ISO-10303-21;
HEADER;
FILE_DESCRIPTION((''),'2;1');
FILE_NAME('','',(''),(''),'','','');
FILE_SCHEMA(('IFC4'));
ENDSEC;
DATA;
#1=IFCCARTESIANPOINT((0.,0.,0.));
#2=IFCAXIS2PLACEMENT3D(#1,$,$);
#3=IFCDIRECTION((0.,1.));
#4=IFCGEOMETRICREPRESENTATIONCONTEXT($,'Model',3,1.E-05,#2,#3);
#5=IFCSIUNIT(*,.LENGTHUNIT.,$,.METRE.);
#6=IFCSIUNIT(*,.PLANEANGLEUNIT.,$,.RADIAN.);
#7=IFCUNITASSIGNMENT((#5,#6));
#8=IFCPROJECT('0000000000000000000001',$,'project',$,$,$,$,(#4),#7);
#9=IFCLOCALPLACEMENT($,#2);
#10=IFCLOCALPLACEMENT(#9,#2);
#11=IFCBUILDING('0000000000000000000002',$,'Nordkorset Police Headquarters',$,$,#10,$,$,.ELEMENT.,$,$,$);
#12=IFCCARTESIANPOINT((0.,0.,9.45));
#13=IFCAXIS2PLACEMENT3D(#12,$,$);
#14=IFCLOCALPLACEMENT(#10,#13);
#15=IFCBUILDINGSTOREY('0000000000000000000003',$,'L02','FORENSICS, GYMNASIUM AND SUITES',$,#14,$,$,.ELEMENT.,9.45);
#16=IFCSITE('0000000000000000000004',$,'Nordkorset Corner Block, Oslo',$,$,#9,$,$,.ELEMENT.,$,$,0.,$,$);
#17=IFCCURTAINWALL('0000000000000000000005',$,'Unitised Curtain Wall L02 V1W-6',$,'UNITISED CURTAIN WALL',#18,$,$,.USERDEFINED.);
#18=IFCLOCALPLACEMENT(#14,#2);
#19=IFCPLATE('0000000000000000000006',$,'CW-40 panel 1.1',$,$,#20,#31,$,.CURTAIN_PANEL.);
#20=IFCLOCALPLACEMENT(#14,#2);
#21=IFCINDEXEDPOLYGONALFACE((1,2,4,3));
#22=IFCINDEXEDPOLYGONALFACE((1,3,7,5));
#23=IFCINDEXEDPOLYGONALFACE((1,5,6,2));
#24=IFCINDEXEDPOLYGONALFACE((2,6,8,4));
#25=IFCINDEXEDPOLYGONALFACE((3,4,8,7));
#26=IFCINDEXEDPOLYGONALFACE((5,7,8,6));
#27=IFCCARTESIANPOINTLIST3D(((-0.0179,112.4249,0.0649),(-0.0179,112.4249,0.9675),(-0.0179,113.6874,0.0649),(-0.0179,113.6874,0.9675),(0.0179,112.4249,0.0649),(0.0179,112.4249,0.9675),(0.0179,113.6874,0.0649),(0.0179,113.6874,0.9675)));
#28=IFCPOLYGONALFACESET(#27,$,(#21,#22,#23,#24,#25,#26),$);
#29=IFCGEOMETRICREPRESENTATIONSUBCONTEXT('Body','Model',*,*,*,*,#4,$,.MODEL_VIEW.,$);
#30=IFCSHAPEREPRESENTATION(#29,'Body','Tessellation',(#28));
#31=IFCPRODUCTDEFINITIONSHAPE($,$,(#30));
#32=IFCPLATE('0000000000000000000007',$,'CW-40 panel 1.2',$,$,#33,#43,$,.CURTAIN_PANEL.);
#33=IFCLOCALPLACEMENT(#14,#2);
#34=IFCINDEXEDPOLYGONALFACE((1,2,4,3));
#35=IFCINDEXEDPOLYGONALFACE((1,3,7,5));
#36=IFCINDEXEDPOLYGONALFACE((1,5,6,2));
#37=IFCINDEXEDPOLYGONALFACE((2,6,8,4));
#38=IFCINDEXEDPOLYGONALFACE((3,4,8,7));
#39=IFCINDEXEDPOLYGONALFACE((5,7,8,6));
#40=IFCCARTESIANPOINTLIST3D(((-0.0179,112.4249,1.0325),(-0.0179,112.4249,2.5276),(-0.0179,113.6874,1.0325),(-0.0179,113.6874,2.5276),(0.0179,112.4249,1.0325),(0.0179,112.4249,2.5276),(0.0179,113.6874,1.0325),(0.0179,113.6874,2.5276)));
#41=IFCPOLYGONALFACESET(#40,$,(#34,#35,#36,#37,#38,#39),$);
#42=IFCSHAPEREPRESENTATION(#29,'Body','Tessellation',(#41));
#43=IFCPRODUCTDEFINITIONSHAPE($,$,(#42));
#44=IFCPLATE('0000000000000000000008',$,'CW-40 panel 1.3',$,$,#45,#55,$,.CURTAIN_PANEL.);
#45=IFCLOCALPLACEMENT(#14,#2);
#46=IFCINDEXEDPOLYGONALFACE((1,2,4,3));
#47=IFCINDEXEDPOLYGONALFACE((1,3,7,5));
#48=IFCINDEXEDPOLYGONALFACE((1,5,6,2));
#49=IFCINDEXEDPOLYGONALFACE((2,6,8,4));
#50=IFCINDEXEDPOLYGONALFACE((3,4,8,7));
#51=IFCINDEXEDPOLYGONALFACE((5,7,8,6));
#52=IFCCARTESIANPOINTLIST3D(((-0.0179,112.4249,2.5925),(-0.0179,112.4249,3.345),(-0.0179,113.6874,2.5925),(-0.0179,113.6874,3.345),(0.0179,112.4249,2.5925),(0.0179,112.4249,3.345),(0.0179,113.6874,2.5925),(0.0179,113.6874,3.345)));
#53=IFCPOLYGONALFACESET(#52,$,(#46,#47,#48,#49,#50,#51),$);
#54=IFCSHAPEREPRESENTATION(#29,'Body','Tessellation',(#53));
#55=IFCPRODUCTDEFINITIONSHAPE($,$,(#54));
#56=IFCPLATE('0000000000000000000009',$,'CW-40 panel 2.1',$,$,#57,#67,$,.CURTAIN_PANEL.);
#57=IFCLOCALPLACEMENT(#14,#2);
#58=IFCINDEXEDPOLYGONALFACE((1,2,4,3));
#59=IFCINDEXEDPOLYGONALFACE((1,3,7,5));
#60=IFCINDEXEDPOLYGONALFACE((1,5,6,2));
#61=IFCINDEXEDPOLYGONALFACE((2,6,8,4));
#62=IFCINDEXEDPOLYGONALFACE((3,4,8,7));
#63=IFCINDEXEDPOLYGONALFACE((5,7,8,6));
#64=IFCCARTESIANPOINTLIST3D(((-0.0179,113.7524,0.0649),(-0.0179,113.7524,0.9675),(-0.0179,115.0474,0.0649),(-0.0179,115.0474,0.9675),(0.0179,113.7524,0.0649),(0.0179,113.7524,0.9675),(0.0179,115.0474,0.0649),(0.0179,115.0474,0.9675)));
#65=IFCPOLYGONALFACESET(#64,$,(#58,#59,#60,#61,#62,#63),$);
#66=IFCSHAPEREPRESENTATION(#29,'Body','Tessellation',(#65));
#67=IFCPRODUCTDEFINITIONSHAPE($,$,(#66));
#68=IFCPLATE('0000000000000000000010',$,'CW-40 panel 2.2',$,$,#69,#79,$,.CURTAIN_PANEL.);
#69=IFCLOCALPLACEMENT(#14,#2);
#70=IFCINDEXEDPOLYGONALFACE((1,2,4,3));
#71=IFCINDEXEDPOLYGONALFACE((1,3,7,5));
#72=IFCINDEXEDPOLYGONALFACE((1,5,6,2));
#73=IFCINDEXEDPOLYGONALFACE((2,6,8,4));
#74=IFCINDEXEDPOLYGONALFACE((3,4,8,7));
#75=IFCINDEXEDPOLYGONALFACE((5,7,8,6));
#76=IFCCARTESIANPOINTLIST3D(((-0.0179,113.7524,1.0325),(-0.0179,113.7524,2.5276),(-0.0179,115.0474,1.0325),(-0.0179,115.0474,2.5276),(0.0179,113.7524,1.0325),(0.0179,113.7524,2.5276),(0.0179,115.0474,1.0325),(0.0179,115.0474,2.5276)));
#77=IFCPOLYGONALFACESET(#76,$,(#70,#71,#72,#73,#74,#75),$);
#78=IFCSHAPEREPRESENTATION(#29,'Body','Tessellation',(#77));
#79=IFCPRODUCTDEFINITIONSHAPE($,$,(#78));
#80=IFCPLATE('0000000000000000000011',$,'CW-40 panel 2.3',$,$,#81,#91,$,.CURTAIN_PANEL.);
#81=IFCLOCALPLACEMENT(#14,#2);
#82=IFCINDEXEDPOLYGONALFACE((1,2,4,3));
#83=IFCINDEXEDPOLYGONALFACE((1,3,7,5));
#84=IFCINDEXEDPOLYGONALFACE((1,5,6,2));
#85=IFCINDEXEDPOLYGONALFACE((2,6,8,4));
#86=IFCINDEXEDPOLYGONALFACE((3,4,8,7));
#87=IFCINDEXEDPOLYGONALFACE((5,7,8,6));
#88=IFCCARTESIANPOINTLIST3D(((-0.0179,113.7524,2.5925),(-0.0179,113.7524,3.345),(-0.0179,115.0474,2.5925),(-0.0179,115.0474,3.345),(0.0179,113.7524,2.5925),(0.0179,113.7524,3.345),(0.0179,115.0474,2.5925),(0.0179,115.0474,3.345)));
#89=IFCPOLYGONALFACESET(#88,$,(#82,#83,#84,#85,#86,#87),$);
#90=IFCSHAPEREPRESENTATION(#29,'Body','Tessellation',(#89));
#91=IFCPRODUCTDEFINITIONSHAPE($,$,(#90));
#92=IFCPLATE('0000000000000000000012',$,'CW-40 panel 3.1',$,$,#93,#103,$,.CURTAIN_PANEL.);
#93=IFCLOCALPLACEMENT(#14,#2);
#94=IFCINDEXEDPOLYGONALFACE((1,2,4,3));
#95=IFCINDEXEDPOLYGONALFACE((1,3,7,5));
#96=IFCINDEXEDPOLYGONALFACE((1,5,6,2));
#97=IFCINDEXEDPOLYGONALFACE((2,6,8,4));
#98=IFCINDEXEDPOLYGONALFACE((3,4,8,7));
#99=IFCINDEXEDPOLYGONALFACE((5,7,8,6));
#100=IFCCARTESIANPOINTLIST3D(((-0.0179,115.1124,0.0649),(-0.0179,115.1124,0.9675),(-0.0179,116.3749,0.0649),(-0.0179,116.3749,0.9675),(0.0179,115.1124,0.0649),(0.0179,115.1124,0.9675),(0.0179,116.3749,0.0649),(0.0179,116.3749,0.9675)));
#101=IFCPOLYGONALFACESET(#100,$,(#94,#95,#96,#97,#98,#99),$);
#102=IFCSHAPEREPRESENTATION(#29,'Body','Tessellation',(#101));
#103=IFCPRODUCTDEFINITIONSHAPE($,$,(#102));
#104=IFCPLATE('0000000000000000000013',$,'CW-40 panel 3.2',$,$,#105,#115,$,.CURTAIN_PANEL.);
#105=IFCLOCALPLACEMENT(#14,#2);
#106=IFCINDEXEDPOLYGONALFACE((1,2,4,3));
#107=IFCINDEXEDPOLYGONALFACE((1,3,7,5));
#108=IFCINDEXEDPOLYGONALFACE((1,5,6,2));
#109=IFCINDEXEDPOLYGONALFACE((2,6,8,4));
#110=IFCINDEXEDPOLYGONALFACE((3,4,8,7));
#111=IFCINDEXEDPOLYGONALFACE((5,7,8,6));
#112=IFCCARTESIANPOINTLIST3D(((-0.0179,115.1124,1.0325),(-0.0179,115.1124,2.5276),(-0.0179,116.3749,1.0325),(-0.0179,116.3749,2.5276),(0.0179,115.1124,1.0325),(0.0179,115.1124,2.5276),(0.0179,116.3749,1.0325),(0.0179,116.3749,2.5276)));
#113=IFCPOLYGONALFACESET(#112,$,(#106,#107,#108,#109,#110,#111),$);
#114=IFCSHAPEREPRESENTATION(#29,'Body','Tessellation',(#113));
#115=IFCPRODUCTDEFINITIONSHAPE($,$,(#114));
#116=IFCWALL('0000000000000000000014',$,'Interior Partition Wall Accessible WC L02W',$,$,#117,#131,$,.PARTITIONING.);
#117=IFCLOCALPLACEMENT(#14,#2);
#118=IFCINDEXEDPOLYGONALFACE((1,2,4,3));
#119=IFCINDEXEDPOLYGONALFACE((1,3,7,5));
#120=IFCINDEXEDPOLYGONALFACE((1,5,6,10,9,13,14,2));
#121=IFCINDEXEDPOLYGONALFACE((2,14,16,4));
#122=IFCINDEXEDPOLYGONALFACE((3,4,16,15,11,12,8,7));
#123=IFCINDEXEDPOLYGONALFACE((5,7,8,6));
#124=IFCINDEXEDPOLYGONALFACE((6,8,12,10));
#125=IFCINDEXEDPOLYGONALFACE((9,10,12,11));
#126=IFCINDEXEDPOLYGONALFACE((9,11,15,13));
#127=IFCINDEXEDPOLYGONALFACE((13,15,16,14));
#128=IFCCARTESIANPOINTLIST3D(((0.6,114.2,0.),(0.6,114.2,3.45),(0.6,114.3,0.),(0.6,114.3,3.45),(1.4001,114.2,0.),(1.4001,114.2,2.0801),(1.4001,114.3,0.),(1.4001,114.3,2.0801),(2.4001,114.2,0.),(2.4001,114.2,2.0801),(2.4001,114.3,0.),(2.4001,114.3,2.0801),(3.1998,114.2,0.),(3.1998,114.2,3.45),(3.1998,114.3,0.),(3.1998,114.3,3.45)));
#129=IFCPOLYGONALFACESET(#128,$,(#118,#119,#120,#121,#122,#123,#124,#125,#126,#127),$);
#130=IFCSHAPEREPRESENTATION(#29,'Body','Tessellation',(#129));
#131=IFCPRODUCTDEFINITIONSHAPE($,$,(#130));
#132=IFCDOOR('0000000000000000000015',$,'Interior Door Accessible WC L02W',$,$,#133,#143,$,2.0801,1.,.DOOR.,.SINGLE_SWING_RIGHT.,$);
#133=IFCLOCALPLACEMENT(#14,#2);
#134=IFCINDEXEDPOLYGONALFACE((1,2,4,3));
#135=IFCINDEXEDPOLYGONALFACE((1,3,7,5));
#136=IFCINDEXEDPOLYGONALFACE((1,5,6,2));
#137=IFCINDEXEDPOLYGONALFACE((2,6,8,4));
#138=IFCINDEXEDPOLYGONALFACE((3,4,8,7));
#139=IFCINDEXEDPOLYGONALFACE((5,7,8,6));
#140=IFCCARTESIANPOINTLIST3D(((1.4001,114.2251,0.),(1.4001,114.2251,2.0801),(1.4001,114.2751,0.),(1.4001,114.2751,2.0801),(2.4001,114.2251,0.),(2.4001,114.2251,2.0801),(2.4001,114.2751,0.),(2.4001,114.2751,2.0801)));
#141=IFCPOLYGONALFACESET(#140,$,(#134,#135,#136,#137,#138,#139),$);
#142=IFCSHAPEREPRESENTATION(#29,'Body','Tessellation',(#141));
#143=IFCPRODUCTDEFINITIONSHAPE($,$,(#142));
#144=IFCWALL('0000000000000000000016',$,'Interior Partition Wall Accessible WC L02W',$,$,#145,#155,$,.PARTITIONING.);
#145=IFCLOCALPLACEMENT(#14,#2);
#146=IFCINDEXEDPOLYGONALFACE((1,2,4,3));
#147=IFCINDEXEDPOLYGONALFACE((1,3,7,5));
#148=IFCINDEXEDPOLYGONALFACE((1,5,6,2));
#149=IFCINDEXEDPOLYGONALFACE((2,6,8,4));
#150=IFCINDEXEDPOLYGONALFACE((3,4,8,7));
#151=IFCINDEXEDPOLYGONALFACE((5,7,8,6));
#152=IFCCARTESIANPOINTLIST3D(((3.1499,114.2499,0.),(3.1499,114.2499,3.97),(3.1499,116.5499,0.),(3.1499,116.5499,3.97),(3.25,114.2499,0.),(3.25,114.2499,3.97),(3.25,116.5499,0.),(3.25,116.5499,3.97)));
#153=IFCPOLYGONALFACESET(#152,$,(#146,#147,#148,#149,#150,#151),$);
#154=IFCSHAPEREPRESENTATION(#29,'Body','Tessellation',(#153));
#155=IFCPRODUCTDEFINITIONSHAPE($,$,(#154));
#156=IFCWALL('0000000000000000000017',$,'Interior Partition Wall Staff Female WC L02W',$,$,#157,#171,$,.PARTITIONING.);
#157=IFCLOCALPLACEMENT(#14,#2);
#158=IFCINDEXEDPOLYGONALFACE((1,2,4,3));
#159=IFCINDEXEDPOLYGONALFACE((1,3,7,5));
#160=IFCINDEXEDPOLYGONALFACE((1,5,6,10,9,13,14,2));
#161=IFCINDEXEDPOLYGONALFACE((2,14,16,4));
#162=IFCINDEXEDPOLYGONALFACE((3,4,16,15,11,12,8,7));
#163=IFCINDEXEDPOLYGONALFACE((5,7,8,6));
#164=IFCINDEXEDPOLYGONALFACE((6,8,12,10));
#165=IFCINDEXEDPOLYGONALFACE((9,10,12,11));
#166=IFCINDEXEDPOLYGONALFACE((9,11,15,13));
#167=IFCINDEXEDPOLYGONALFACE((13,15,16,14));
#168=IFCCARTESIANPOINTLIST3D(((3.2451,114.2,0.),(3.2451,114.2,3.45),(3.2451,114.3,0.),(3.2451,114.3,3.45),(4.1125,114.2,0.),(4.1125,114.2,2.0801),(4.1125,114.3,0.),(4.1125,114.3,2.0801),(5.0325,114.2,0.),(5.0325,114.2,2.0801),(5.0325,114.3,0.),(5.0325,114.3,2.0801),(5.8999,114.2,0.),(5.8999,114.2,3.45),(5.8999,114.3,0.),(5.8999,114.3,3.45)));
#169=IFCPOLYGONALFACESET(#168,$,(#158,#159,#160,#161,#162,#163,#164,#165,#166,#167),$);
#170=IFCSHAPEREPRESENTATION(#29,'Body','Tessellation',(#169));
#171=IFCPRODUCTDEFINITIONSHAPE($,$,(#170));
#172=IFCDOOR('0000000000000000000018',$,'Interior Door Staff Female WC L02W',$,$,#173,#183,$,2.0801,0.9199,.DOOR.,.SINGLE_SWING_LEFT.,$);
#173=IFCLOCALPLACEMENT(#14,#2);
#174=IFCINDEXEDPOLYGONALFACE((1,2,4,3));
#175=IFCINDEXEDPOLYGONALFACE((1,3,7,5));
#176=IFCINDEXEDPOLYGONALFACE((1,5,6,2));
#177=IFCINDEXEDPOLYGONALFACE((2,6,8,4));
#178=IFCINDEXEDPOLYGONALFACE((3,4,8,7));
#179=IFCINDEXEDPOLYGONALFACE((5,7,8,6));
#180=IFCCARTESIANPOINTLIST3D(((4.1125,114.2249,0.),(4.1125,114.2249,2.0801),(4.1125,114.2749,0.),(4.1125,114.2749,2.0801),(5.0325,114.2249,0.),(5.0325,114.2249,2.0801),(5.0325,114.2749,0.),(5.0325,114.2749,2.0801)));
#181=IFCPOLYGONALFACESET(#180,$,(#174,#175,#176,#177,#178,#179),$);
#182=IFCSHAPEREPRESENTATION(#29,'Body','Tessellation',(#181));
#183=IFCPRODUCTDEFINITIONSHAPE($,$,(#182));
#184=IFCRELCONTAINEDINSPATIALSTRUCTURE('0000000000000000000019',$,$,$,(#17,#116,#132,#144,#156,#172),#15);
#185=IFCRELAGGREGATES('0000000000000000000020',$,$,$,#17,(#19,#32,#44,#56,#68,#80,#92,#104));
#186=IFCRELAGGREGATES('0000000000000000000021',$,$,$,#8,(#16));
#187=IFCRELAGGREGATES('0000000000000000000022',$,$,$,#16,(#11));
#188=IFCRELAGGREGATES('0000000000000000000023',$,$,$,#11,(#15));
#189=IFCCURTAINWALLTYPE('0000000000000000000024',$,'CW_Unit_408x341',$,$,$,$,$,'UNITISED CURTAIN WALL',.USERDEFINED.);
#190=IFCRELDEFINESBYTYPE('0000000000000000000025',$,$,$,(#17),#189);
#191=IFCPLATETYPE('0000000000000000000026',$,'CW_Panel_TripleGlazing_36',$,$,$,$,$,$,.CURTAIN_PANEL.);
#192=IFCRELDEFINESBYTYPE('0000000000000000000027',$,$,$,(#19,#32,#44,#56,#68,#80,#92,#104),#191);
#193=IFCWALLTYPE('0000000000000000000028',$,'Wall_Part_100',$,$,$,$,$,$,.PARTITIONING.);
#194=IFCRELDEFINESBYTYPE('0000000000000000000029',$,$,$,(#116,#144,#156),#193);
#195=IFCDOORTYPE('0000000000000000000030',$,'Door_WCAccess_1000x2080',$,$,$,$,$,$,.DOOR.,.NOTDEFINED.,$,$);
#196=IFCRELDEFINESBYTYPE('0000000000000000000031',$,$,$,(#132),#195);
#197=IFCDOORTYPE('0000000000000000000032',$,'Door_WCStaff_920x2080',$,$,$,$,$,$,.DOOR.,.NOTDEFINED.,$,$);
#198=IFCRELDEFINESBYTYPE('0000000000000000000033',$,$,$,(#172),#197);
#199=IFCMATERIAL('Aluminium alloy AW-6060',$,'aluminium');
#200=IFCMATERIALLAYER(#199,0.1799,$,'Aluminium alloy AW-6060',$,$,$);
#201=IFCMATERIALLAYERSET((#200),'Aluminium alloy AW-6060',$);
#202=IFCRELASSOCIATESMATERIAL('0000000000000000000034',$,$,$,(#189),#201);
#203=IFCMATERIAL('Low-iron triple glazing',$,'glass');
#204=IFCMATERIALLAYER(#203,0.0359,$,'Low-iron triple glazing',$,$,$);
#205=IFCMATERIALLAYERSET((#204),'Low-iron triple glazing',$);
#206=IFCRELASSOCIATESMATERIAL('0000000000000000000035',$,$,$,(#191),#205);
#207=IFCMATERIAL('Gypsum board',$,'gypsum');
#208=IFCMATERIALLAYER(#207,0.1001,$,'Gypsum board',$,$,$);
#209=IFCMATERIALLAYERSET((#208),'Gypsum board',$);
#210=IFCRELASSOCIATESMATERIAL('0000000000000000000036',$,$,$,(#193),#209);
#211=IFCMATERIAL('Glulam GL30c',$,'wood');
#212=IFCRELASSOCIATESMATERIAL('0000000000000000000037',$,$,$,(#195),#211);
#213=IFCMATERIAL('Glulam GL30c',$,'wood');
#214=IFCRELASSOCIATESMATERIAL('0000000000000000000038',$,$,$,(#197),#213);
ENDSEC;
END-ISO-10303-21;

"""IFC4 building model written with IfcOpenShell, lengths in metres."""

from ifc_helpers import new_model, si_unit, direction, frame, frame_2d, origin, origin_2d, place, context, subcontext, project, spatial, rectangle, extrude, material, layer, layer_set, type_object, element, fill, aggregate, save


model = new_model("IFC4")

# Units and contexts
model_context = context("Model", 3, precision=1e-05, world=origin(), true_north=direction((0.0, 1.0)))
body_context = subcontext(model_context, "Body", "Model", "MODEL_VIEW")
ifc_project = project(units=[si_unit("LENGTHUNIT", "METRE"), si_unit("PLANEANGLEUNIT", "RADIAN")], contexts=[model_context])

# Site, building, storey
site_placement = place(None, origin())
site = spatial("IfcSite", under=ifc_project, at=site_placement, Name="Nordkorset Corner Block, Oslo", CompositionType="ELEMENT", RefElevation=0.0)
building_placement = place(site_placement, origin())
building = spatial("IfcBuilding", under=site, at=building_placement, Name="Nordkorset Police Headquarters", CompositionType="ELEMENT")
storey_placement = place(building_placement, frame((0.0, 0.0, 9.45)))
storey = spatial("IfcBuildingStorey", under=building, at=storey_placement, Name="L02", Description="FORENSICS, GYMNASIUM AND SUITES", CompositionType="ELEMENT", Elevation=9.45)

# Curtain wall, plates
ifc_material_1 = material(Name="Aluminium alloy AW-6060", Category="aluminium")
ifc_layer_1 = layer(ifc_material_1, 0.1799, Name="Aluminium alloy AW-6060")
ifc_layer_set_1 = layer_set([ifc_layer_1], Name="Aluminium alloy AW-6060")
curtain_wall_type = type_object("IfcCurtainWallType", Name="CW_Unit_408x341", ElementType="UNITISED CURTAIN WALL", PredefinedType="USERDEFINED", material=ifc_layer_set_1)
curtain_wall_placement = place(storey_placement, origin())
curtain_wall = element("IfcCurtainWall", 1, at=curtain_wall_placement, inside=storey, type_object=curtain_wall_type, Name="Unitised Curtain Wall L02 V1W-6", ObjectType="UNITISED CURTAIN WALL", PredefinedType="USERDEFINED")
ifc_material_2 = material(Name="Low-iron triple glazing", Category="glass")
ifc_layer_2 = layer(ifc_material_2, 0.0359, Name="Low-iron triple glazing")
ifc_layer_set_2 = layer_set([ifc_layer_2], Name="Low-iron triple glazing")
plate_type = type_object("IfcPlateType", Name="CW_Panel_TripleGlazing_36", PredefinedType="CURTAIN_PANEL", material=ifc_layer_set_2)
plate_1_placement = place(storey_placement, frame((0.0, 113.0562, 0.0649), z_axis=(0.0, 0.0, 1.0), x_axis=(0.0, 1.0, 0.0)))
plate_1 = element("IfcPlate", 2, at=plate_1_placement, type_object=plate_type, Name="CW-40 panel 1.1", PredefinedType="CURTAIN_PANEL", context=body_context, shape_type="SweptSolid", body=[
    extrude(rectangle(XDim=1.2625, YDim=0.0359, at=origin_2d()), origin(), (0.0, 0.0, 1.0), 0.9026),
])
plate_2_placement = place(storey_placement, frame((0.0, 113.0562, 1.0325), z_axis=(0.0, 0.0, 1.0), x_axis=(0.0, 1.0, 0.0)))
plate_2 = element("IfcPlate", 3, at=plate_2_placement, type_object=plate_type, Name="CW-40 panel 1.2", PredefinedType="CURTAIN_PANEL", context=body_context, shape_type="SweptSolid", body=[
    extrude(rectangle(XDim=1.2625, YDim=0.0359, at=origin_2d()), origin(), (0.0, 0.0, 1.0), 1.4951),
])
plate_3_placement = place(storey_placement, frame((0.0, 113.0562, 2.5925), z_axis=(0.0, 0.0, 1.0), x_axis=(0.0, 1.0, 0.0)))
plate_3 = element("IfcPlate", 4, at=plate_3_placement, type_object=plate_type, Name="CW-40 panel 1.3", PredefinedType="CURTAIN_PANEL", context=body_context, shape_type="SweptSolid", body=[
    extrude(rectangle(XDim=1.2625, YDim=0.0359, at=origin_2d()), origin(), (0.0, 0.0, 1.0), 0.7524),
])
plate_4_placement = place(storey_placement, frame((0.0, 114.3999, 0.0649), z_axis=(0.0, 0.0, 1.0), x_axis=(0.0, 1.0, 0.0)))
plate_4 = element("IfcPlate", 5, at=plate_4_placement, type_object=plate_type, Name="CW-40 panel 2.1", PredefinedType="CURTAIN_PANEL", context=body_context, shape_type="SweptSolid", body=[
    extrude(rectangle(XDim=1.2949, YDim=0.0359, at=origin_2d()), origin(), (0.0, 0.0, 1.0), 0.9026),
])
plate_5_placement = place(storey_placement, frame((0.0, 114.3999, 1.0325), z_axis=(0.0, 0.0, 1.0), x_axis=(0.0, 1.0, 0.0)))
plate_5 = element("IfcPlate", 6, at=plate_5_placement, type_object=plate_type, Name="CW-40 panel 2.2", PredefinedType="CURTAIN_PANEL", context=body_context, shape_type="SweptSolid", body=[
    extrude(rectangle(XDim=1.2949, YDim=0.0359, at=origin_2d()), origin(), (0.0, 0.0, 1.0), 1.4951),
])
plate_6_placement = place(storey_placement, frame((0.0, 114.3999, 2.5925), z_axis=(0.0, 0.0, 1.0), x_axis=(0.0, 1.0, 0.0)))
plate_6 = element("IfcPlate", 7, at=plate_6_placement, type_object=plate_type, Name="CW-40 panel 2.3", PredefinedType="CURTAIN_PANEL", context=body_context, shape_type="SweptSolid", body=[
    extrude(rectangle(XDim=1.2949, YDim=0.0359, at=origin_2d()), origin(), (0.0, 0.0, 1.0), 0.7524),
])
plate_7_placement = place(storey_placement, frame((0.0, 115.7437, 0.0649), z_axis=(0.0, 0.0, 1.0), x_axis=(0.0, 1.0, 0.0)))
plate_7 = element("IfcPlate", 8, at=plate_7_placement, type_object=plate_type, Name="CW-40 panel 3.1", PredefinedType="CURTAIN_PANEL", context=body_context, shape_type="SweptSolid", body=[
    extrude(rectangle(XDim=1.2625, YDim=0.0359, at=origin_2d()), origin(), (0.0, 0.0, 1.0), 0.9026),
])
plate_8_placement = place(storey_placement, frame((0.0, 115.7437, 1.0325), z_axis=(0.0, 0.0, 1.0), x_axis=(0.0, 1.0, 0.0)))
plate_8 = element("IfcPlate", 9, at=plate_8_placement, type_object=plate_type, Name="CW-40 panel 3.2", PredefinedType="CURTAIN_PANEL", context=body_context, shape_type="SweptSolid", body=[
    extrude(rectangle(XDim=1.2625, YDim=0.0359, at=origin_2d()), origin(), (0.0, 0.0, 1.0), 1.4951),
])
aggregate(curtain_wall, [plate_1, plate_2, plate_3, plate_4, plate_5, plate_6, plate_7, plate_8])

# Wall, opening, door
ifc_material_3 = material(Name="Gypsum board", Category="gypsum")
ifc_layer_3 = layer(ifc_material_3, 0.1001, Name="Gypsum board")
ifc_layer_set_3 = layer_set([ifc_layer_3], Name="Gypsum board")
wall_type = type_object("IfcWallType", Name="Wall_Part_100", PredefinedType="PARTITIONING", material=ifc_layer_set_3)
wall_1_placement = place(storey_placement, frame((0.6001, 114.25, 0.0), z_axis=(0.0, 0.0, 1.0), x_axis=(1.0, 0.0, 0.0)))
wall_1 = element("IfcWall", 10, at=wall_1_placement, inside=storey, type_object=wall_type, Name="Interior Partition Wall Accessible WC L02W", PredefinedType="PARTITIONING", context=body_context, shape_type="SweptSolid", body=[
    extrude(rectangle(XDim=2.5999, YDim=0.1001, at=frame_2d((1.2998, 0.0))), origin(), (0.0, 0.0, 1.0), 3.45),
])
opening_1_placement = place(wall_1_placement, frame((0.8, 0.0, 0.0)))
opening_1 = element("IfcOpeningElement", 11, at=opening_1_placement, cuts=wall_1, PredefinedType="OPENING", context=body_context, shape_type="SweptSolid", body=[
    extrude(rectangle(XDim=1.0, YDim=2.0801, at=frame_2d((0.5, 1.04))), frame((0.0, 0.0601, 0.0), z_axis=(0.0, -1.0, 0.0), x_axis=(1.0, 0.0, 0.0)), (0.0, 0.0, 1.0), 0.1201),
])
ifc_material_4 = material(Name="Glulam GL30c", Category="wood")
door_type_1 = type_object("IfcDoorType", Name="Door_WCAccess_1000x2080", OperationType="NOTDEFINED", PredefinedType="DOOR", material=ifc_material_4)
door_1_placement = place(opening_1_placement, frame((1.0, 0.0, 0.0), z_axis=(0.0, 0.0, 1.0), x_axis=(-1.0, 0.0, 0.0)))
door_1 = element("IfcDoor", 12, at=door_1_placement, inside=storey, type_object=door_type_1, Name="Interior Door Accessible WC L02W", OperationType="SINGLE_SWING_RIGHT", OverallHeight=2.0801, OverallWidth=1.0, PredefinedType="DOOR", context=body_context, shape_type="SweptSolid", body=[
    extrude(rectangle(XDim=1.0, YDim=2.0801, at=frame_2d((0.5, 1.04))), frame((0.0, 0.0249, 0.0), z_axis=(0.0, -1.0, 0.0), x_axis=(1.0, 0.0, 0.0)), (0.0, 0.0, 1.0), 0.05),
])
fill(opening_1, door_1)

# Wall
wall_2_placement = place(storey_placement, frame((3.2, 114.25, 0.0), z_axis=(0.0, 0.0, 1.0), x_axis=(0.0, 1.0, 0.0)))
element("IfcWall", 13, at=wall_2_placement, inside=storey, type_object=wall_type, Name="Interior Partition Wall Accessible WC L02W", PredefinedType="PARTITIONING", context=body_context, shape_type="SweptSolid", body=[
    extrude(rectangle(XDim=2.3, YDim=0.1001, at=frame_2d((1.1499, 0.0))), origin(), (0.0, 0.0, 1.0), 3.97),
])

# Wall, opening, door
wall_3_placement = place(storey_placement, frame((3.2451, 114.25, 0.0), z_axis=(0.0, 0.0, 1.0), x_axis=(1.0, 0.0, 0.0)))
wall_3 = element("IfcWall", 14, at=wall_3_placement, inside=storey, type_object=wall_type, Name="Interior Partition Wall Staff Female WC L02W", PredefinedType="PARTITIONING", context=body_context, shape_type="SweptSolid", body=[
    extrude(rectangle(XDim=2.6548, YDim=0.1001, at=frame_2d((1.3274, 0.0))), origin(), (0.0, 0.0, 1.0), 3.45),
])
opening_2_placement = place(wall_3_placement, frame((0.8674, 0.0, 0.0)))
opening_2 = element("IfcOpeningElement", 15, at=opening_2_placement, cuts=wall_3, PredefinedType="OPENING", context=body_context, shape_type="SweptSolid", body=[
    extrude(rectangle(XDim=0.9199, YDim=2.0801, at=frame_2d((0.46, 1.04))), frame((0.0, 0.0601, 0.0), z_axis=(0.0, -1.0, 0.0), x_axis=(1.0, 0.0, 0.0)), (0.0, 0.0, 1.0), 0.1201),
])
ifc_material_5 = material(Name="Glulam GL30c", Category="wood")
door_type_2 = type_object("IfcDoorType", Name="Door_WCStaff_920x2080", OperationType="NOTDEFINED", PredefinedType="DOOR", material=ifc_material_5)
door_2_placement = place(opening_2_placement, origin())
door_2 = element("IfcDoor", 16, at=door_2_placement, inside=storey, type_object=door_type_2, Name="Interior Door Staff Female WC L02W", OperationType="SINGLE_SWING_LEFT", OverallHeight=2.0801, OverallWidth=0.9199, PredefinedType="DOOR", context=body_context, shape_type="SweptSolid", body=[
    extrude(rectangle(XDim=0.9199, YDim=2.0801, at=frame_2d((0.46, 1.04))), frame((0.0, 0.0249, 0.0), z_axis=(0.0, -1.0, 0.0), x_axis=(1.0, 0.0, 0.0)), (0.0, 0.0, 1.0), 0.05),
])
fill(opening_2, door_2)

save(model, "model.ifc")
